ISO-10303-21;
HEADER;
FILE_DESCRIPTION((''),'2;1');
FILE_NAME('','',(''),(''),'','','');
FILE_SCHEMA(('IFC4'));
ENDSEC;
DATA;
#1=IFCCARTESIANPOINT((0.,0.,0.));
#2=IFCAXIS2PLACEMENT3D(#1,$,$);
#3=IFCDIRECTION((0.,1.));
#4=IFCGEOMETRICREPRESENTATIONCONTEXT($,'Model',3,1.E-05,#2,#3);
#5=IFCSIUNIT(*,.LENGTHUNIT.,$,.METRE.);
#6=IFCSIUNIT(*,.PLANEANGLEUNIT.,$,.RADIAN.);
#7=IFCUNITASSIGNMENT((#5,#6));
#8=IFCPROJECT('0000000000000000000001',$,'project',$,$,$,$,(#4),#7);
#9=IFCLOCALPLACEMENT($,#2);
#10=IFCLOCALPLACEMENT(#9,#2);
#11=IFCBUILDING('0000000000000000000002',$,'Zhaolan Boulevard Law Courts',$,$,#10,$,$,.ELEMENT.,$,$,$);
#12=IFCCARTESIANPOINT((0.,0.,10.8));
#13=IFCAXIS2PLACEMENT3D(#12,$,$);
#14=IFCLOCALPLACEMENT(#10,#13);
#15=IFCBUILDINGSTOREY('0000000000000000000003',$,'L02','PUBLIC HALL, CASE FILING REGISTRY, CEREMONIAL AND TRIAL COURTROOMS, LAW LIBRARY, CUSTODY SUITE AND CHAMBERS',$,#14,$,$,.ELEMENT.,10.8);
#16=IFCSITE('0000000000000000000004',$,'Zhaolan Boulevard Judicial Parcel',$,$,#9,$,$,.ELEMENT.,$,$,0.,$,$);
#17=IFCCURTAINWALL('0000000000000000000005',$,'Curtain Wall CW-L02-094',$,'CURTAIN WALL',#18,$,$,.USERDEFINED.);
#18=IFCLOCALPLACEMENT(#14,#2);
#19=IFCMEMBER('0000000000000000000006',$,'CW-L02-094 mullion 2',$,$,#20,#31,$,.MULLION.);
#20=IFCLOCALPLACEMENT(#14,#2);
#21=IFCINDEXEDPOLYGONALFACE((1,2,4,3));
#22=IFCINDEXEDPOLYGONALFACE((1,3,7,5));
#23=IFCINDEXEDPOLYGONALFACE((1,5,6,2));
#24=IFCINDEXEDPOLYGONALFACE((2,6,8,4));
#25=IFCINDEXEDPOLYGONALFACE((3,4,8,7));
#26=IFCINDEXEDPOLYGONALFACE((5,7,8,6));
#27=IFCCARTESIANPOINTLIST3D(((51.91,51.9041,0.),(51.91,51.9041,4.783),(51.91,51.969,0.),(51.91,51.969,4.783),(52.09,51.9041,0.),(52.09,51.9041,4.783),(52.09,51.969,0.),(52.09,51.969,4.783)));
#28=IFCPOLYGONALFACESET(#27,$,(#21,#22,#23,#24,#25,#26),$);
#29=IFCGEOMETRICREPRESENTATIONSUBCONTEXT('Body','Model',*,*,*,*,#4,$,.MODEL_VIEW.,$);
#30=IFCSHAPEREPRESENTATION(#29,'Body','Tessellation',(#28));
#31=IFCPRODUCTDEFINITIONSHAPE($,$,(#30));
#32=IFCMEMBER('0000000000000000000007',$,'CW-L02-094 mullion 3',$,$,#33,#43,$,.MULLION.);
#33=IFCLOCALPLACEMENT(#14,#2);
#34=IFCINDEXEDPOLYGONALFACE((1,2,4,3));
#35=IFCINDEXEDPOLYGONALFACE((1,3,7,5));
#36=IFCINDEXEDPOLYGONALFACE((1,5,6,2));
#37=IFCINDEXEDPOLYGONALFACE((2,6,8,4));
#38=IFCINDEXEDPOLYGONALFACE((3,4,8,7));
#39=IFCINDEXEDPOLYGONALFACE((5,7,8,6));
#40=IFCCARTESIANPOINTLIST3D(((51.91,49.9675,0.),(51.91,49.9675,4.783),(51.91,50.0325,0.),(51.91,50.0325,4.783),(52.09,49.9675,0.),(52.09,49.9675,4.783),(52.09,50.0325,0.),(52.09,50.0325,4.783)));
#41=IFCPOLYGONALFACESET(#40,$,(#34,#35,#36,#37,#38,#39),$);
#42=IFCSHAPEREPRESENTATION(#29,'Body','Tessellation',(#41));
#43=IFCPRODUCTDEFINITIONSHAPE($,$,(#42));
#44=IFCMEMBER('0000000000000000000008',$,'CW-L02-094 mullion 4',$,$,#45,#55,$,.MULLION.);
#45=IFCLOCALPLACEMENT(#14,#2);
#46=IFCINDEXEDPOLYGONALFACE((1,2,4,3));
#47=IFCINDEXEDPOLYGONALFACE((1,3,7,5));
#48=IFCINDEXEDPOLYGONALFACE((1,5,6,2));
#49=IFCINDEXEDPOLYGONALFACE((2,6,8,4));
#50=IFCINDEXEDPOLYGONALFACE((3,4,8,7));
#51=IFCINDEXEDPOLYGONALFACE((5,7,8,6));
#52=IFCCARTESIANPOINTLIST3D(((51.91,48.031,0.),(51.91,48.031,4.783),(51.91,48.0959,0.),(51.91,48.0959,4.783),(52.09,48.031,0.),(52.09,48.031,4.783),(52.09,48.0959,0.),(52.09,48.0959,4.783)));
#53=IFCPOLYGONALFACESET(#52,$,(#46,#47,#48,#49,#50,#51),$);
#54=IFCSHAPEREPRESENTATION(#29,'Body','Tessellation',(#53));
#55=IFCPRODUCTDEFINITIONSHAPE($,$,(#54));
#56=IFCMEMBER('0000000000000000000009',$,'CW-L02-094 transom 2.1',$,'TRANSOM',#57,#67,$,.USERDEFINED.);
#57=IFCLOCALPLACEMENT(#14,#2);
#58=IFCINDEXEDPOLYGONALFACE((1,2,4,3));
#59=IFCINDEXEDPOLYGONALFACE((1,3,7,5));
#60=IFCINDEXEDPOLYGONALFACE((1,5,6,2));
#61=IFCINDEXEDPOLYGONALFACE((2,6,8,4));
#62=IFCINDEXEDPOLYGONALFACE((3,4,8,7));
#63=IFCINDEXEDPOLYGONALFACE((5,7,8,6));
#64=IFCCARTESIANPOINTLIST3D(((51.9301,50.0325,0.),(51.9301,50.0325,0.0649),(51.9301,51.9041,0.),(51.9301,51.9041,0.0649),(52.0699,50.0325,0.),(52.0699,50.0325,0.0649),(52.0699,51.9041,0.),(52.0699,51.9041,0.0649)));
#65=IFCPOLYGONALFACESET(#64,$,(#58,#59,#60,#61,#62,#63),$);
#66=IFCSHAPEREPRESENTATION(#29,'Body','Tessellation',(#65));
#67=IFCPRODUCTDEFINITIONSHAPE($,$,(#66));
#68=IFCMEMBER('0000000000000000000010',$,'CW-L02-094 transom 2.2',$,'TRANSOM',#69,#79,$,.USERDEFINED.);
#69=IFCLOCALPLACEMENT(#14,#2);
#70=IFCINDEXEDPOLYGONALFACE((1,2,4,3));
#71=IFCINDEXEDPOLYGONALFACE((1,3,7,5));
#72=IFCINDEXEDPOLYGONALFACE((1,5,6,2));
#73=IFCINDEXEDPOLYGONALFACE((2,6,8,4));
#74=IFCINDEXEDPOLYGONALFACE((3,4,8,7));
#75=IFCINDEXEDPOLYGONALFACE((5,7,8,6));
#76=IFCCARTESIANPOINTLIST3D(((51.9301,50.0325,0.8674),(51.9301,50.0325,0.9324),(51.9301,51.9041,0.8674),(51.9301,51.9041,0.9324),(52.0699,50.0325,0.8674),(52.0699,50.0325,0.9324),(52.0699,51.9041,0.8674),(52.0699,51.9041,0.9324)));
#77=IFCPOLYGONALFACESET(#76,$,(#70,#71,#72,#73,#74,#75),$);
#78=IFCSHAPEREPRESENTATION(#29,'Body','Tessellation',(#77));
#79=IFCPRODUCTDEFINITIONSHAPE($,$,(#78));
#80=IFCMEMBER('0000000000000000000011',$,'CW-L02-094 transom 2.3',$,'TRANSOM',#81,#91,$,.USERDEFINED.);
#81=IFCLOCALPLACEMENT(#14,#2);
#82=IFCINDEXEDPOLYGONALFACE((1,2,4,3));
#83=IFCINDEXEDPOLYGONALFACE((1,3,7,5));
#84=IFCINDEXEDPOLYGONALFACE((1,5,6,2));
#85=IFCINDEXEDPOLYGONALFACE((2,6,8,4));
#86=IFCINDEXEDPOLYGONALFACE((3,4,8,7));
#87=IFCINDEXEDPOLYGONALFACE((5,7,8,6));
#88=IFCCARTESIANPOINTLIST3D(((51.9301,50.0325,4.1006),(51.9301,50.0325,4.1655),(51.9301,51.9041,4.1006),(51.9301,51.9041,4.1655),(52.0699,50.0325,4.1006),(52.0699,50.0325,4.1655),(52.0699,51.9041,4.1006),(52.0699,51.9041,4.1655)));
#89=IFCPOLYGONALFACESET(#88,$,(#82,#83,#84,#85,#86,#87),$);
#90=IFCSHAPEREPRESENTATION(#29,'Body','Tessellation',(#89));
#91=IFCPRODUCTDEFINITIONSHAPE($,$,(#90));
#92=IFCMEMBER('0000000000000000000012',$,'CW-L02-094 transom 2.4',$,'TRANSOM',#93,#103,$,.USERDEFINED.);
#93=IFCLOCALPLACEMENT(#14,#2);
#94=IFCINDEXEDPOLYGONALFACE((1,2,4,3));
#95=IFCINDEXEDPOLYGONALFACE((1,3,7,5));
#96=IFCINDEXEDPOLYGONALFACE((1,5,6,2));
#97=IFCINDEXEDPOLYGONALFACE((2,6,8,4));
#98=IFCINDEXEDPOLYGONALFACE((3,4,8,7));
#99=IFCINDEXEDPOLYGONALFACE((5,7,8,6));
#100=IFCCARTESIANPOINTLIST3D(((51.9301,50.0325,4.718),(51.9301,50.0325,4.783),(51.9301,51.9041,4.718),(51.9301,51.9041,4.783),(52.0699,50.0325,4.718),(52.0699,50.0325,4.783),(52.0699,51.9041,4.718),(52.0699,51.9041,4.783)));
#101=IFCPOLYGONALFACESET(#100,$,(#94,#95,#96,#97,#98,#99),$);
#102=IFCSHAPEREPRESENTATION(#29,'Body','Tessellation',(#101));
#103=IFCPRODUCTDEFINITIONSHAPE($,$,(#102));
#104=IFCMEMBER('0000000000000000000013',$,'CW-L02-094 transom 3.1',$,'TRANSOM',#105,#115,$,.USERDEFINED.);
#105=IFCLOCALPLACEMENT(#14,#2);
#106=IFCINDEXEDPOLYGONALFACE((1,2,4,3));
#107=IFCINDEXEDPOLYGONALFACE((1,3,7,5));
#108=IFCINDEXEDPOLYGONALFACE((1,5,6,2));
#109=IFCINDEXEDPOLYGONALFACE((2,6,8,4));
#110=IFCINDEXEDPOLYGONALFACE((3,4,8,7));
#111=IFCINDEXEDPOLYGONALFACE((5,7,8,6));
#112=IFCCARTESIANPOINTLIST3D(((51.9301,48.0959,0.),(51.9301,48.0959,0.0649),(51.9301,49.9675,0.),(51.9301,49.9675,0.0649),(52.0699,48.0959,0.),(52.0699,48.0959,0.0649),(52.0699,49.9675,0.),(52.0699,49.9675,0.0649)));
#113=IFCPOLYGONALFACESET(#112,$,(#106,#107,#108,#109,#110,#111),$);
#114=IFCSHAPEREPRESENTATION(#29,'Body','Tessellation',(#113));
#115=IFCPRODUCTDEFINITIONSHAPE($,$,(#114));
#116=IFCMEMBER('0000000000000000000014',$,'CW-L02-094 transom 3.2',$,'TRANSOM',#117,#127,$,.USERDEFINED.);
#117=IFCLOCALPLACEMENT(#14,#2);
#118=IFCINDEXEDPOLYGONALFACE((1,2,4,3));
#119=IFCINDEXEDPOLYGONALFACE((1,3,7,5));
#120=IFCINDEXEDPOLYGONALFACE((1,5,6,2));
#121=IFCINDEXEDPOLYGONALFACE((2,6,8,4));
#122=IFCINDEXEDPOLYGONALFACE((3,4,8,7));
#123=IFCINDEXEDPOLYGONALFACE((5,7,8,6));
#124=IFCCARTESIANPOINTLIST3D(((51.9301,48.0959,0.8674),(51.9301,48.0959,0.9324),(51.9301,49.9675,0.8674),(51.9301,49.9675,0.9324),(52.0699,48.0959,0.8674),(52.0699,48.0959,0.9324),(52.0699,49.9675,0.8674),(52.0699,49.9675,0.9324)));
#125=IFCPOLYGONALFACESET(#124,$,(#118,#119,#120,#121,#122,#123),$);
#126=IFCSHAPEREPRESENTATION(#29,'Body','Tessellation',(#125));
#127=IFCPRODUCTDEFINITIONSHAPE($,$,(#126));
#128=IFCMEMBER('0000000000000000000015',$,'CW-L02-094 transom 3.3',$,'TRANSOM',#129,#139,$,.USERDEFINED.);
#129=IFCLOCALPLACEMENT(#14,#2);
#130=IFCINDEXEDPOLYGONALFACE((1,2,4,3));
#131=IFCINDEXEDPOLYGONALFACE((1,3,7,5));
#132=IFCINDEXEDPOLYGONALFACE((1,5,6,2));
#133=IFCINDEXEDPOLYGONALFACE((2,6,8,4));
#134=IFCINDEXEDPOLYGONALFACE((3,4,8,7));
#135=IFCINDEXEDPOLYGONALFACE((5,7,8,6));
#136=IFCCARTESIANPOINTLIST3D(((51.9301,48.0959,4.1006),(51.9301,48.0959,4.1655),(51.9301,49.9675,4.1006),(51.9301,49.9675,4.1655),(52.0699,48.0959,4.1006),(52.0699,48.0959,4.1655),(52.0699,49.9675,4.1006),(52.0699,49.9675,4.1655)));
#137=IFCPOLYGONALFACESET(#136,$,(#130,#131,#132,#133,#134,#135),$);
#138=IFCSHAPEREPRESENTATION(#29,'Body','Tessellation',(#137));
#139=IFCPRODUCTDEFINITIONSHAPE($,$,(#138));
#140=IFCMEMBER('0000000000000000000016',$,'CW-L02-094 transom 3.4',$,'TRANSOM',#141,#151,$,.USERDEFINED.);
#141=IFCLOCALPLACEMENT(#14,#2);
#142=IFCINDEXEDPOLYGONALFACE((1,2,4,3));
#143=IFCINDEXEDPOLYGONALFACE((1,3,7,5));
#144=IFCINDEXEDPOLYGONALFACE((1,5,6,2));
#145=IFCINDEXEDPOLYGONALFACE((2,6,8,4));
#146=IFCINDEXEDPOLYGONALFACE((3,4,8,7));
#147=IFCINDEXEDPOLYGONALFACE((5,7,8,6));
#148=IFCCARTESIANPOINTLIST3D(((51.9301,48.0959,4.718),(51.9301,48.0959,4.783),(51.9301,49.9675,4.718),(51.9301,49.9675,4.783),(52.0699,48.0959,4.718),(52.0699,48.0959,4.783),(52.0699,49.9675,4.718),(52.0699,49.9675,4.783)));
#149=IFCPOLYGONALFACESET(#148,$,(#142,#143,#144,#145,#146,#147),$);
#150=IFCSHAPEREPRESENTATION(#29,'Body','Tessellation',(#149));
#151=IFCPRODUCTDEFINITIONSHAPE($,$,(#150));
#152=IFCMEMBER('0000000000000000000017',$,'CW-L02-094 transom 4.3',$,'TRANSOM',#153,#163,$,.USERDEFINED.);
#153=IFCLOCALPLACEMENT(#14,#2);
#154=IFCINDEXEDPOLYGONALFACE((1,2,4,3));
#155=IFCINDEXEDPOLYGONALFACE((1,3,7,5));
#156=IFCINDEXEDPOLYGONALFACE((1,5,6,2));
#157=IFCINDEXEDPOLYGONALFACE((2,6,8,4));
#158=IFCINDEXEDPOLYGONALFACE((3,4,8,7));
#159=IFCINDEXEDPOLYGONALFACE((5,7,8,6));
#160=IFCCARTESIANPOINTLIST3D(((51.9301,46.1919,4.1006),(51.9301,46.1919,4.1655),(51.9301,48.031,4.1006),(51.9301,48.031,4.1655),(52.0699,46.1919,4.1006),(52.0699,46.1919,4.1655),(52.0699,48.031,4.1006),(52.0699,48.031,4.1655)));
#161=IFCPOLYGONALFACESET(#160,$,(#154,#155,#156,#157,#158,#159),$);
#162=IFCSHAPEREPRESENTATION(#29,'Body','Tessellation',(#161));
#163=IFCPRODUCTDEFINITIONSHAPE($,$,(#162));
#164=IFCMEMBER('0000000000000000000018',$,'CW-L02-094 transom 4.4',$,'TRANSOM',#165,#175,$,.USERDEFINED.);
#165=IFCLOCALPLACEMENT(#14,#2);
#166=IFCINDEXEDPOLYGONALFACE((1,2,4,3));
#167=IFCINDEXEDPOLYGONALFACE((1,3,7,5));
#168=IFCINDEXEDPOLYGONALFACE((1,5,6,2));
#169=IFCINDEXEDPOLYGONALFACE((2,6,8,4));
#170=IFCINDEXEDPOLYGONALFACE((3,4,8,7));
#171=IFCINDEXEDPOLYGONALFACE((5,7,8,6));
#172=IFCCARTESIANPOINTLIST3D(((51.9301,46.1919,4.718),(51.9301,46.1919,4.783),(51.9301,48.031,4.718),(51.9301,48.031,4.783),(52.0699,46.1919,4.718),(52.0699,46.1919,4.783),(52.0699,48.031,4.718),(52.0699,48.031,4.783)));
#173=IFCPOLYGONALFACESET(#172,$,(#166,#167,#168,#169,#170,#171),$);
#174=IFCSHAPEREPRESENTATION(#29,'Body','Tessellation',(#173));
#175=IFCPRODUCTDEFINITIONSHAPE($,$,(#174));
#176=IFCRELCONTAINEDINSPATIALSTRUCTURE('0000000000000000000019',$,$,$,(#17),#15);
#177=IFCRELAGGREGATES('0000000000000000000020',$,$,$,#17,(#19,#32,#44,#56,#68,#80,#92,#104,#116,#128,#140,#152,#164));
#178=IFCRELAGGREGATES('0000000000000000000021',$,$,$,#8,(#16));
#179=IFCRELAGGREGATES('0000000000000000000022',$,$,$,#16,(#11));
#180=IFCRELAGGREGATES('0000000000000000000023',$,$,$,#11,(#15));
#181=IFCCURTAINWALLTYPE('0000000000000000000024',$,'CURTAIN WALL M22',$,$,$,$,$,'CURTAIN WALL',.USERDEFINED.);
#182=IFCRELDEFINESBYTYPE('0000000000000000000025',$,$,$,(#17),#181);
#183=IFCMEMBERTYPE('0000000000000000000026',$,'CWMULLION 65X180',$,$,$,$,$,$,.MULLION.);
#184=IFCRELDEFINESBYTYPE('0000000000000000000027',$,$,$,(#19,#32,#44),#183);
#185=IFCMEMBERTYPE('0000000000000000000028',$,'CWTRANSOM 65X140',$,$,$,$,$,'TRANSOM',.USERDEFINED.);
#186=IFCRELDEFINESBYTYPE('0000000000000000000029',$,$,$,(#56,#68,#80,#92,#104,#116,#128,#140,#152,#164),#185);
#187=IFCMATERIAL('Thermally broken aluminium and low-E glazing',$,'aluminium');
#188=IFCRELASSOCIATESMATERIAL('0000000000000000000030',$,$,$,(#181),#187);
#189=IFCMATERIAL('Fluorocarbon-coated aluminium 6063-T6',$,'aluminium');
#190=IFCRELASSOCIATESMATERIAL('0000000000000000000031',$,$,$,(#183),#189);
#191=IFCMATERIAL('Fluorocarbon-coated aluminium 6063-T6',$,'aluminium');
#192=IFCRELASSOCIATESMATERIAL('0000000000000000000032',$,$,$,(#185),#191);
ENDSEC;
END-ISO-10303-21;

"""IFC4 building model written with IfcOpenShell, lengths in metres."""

from ifc_helpers import new_model, si_unit, direction, frame, origin, origin_2d, place, context, subcontext, project, spatial, rectangle, extrude, material, material_profile, profile_set, type_object, element, aggregate, save


model = new_model("IFC4")

# Units and contexts
model_context = context("Model", 3, precision=1e-05, world=origin(), true_north=direction((0.0, 1.0)))
body_context = subcontext(model_context, "Body", "Model", "MODEL_VIEW")
ifc_project = project(units=[si_unit("LENGTHUNIT", "METRE"), si_unit("PLANEANGLEUNIT", "RADIAN")], contexts=[model_context])

# Site, building, storey
site_placement = place(None, origin())
site = spatial("IfcSite", under=ifc_project, at=site_placement, Name="Zhaolan Boulevard Judicial Parcel", CompositionType="ELEMENT", RefElevation=0.0)
building_placement = place(site_placement, origin())
building = spatial("IfcBuilding", under=site, at=building_placement, Name="Zhaolan Boulevard Law Courts", CompositionType="ELEMENT")
storey_placement = place(building_placement, frame((0.0, 0.0, 10.8)))
storey = spatial("IfcBuildingStorey", under=building, at=storey_placement, Name="L02", Description="PUBLIC HALL, CASE FILING REGISTRY, CEREMONIAL AND TRIAL COURTROOMS, LAW LIBRARY, CUSTODY SUITE AND CHAMBERS", CompositionType="ELEMENT", Elevation=10.8)

# Curtain wall, members
ifc_material_1 = material(Name="Thermally broken aluminium and low-E glazing", Category="aluminium")
curtain_wall_type = type_object("IfcCurtainWallType", Name="CURTAIN WALL M22", ElementType="CURTAIN WALL", PredefinedType="USERDEFINED", material=ifc_material_1)
curtain_wall_placement = place(storey_placement, origin())
curtain_wall = element("IfcCurtainWall", 1, at=curtain_wall_placement, inside=storey, type_object=curtain_wall_type, Name="Curtain Wall CW-L02-094", ObjectType="CURTAIN WALL", PredefinedType="USERDEFINED")
ifc_material_2 = material(Name="Fluorocarbon-coated aluminium 6063-T6", Category="aluminium")
ifc_material_profile_1 = material_profile(ifc_material_2, rectangle(XDim=0.1799, YDim=0.0649, at=origin_2d()), Name="AL65x180")
ifc_profile_set_1 = profile_set([ifc_material_profile_1], Name="Fluorocarbon-coated aluminium 6063-T6")
member_type_1 = type_object("IfcMemberType", Name="CWMULLION 65X180", PredefinedType="MULLION", material=ifc_profile_set_1)
member_1_placement = place(storey_placement, frame((52.0, 51.9365, 0.0), z_axis=(0.0, 0.0, 1.0), x_axis=(1.0, 0.0, 0.0)))
member_1 = element("IfcMember", 2, at=member_1_placement, type_object=member_type_1, Name="CW-L02-094 mullion 2", PredefinedType="MULLION", context=body_context, shape_type="SweptSolid", body=[
    extrude(rectangle(XDim=0.1799, YDim=0.0649, at=origin_2d()), origin(), (0.0, 0.0, 1.0), 4.783),
])
member_2_placement = place(storey_placement, frame((52.0, 50.0, 0.0), z_axis=(0.0, 0.0, 1.0), x_axis=(1.0, 0.0, 0.0)))
member_2 = element("IfcMember", 3, at=member_2_placement, type_object=member_type_1, Name="CW-L02-094 mullion 3", PredefinedType="MULLION", context=body_context, shape_type="SweptSolid", body=[
    extrude(rectangle(XDim=0.1799, YDim=0.0649, at=origin_2d()), origin(), (0.0, 0.0, 1.0), 4.783),
])
member_3_placement = place(storey_placement, frame((52.0, 48.0635, 0.0), z_axis=(0.0, 0.0, 1.0), x_axis=(1.0, 0.0, 0.0)))
member_3 = element("IfcMember", 4, at=member_3_placement, type_object=member_type_1, Name="CW-L02-094 mullion 4", PredefinedType="MULLION", context=body_context, shape_type="SweptSolid", body=[
    extrude(rectangle(XDim=0.1799, YDim=0.0649, at=origin_2d()), origin(), (0.0, 0.0, 1.0), 4.783),
])
ifc_material_3 = material(Name="Fluorocarbon-coated aluminium 6063-T6", Category="aluminium")
ifc_material_profile_2 = material_profile(ifc_material_3, rectangle(XDim=0.1399, YDim=0.0649, at=origin_2d()), Name="AL65x140")
ifc_profile_set_2 = profile_set([ifc_material_profile_2], Name="Fluorocarbon-coated aluminium 6063-T6")
member_type_2 = type_object("IfcMemberType", Name="CWTRANSOM 65X140", ElementType="TRANSOM", PredefinedType="USERDEFINED", material=ifc_profile_set_2)
member_4_placement = place(storey_placement, frame((52.0, 51.9041, 0.0325), z_axis=(0.0, -1.0, 0.0), x_axis=(1.0, 0.0, 0.0)))
member_4 = element("IfcMember", 5, at=member_4_placement, type_object=member_type_2, Name="CW-L02-094 transom 2.1", ObjectType="TRANSOM", PredefinedType="USERDEFINED", context=body_context, shape_type="SweptSolid", body=[
    extrude(rectangle(XDim=0.1399, YDim=0.0649, at=origin_2d()), origin(), (0.0, 0.0, 1.0), 1.8716),
])
member_5_placement = place(storey_placement, frame((52.0, 51.9041, 0.8999), z_axis=(0.0, -1.0, 0.0), x_axis=(1.0, 0.0, 0.0)))
member_5 = element("IfcMember", 6, at=member_5_placement, type_object=member_type_2, Name="CW-L02-094 transom 2.2", ObjectType="TRANSOM", PredefinedType="USERDEFINED", context=body_context, shape_type="SweptSolid", body=[
    extrude(rectangle(XDim=0.1399, YDim=0.0649, at=origin_2d()), origin(), (0.0, 0.0, 1.0), 1.8716),
])
member_6_placement = place(storey_placement, frame((52.0, 51.9041, 4.1331), z_axis=(0.0, -1.0, 0.0), x_axis=(1.0, 0.0, 0.0)))
member_6 = element("IfcMember", 7, at=member_6_placement, type_object=member_type_2, Name="CW-L02-094 transom 2.3", ObjectType="TRANSOM", PredefinedType="USERDEFINED", context=body_context, shape_type="SweptSolid", body=[
    extrude(rectangle(XDim=0.1399, YDim=0.0649, at=origin_2d()), origin(), (0.0, 0.0, 1.0), 1.8716),
])
member_7_placement = place(storey_placement, frame((52.0, 51.9041, 4.7505), z_axis=(0.0, -1.0, 0.0), x_axis=(1.0, 0.0, 0.0)))
member_7 = element("IfcMember", 8, at=member_7_placement, type_object=member_type_2, Name="CW-L02-094 transom 2.4", ObjectType="TRANSOM", PredefinedType="USERDEFINED", context=body_context, shape_type="SweptSolid", body=[
    extrude(rectangle(XDim=0.1399, YDim=0.0649, at=origin_2d()), origin(), (0.0, 0.0, 1.0), 1.8716),
])
member_8_placement = place(storey_placement, frame((52.0, 49.9675, 0.0325), z_axis=(0.0, -1.0, 0.0), x_axis=(1.0, 0.0, 0.0)))
member_8 = element("IfcMember", 9, at=member_8_placement, type_object=member_type_2, Name="CW-L02-094 transom 3.1", ObjectType="TRANSOM", PredefinedType="USERDEFINED", context=body_context, shape_type="SweptSolid", body=[
    extrude(rectangle(XDim=0.1399, YDim=0.0649, at=origin_2d()), origin(), (0.0, 0.0, 1.0), 1.8716),
])
member_9_placement = place(storey_placement, frame((52.0, 49.9675, 0.8999), z_axis=(0.0, -1.0, 0.0), x_axis=(1.0, 0.0, 0.0)))
member_9 = element("IfcMember", 10, at=member_9_placement, type_object=member_type_2, Name="CW-L02-094 transom 3.2", ObjectType="TRANSOM", PredefinedType="USERDEFINED", context=body_context, shape_type="SweptSolid", body=[
    extrude(rectangle(XDim=0.1399, YDim=0.0649, at=origin_2d()), origin(), (0.0, 0.0, 1.0), 1.8716),
])
member_10_placement = place(storey_placement, frame((52.0, 49.9675, 4.1331), z_axis=(0.0, -1.0, 0.0), x_axis=(1.0, 0.0, 0.0)))
member_10 = element("IfcMember", 11, at=member_10_placement, type_object=member_type_2, Name="CW-L02-094 transom 3.3", ObjectType="TRANSOM", PredefinedType="USERDEFINED", context=body_context, shape_type="SweptSolid", body=[
    extrude(rectangle(XDim=0.1399, YDim=0.0649, at=origin_2d()), origin(), (0.0, 0.0, 1.0), 1.8716),
])
member_11_placement = place(storey_placement, frame((52.0, 49.9675, 4.7505), z_axis=(0.0, -1.0, 0.0), x_axis=(1.0, 0.0, 0.0)))
member_11 = element("IfcMember", 12, at=member_11_placement, type_object=member_type_2, Name="CW-L02-094 transom 3.4", ObjectType="TRANSOM", PredefinedType="USERDEFINED", context=body_context, shape_type="SweptSolid", body=[
    extrude(rectangle(XDim=0.1399, YDim=0.0649, at=origin_2d()), origin(), (0.0, 0.0, 1.0), 1.8716),
])
member_12_placement = place(storey_placement, frame((52.0, 48.031, 4.1331), z_axis=(0.0, -1.0, 0.0), x_axis=(1.0, 0.0, 0.0)))
member_12 = element("IfcMember", 13, at=member_12_placement, type_object=member_type_2, Name="CW-L02-094 transom 4.3", ObjectType="TRANSOM", PredefinedType="USERDEFINED", context=body_context, shape_type="SweptSolid", body=[
    extrude(rectangle(XDim=0.1399, YDim=0.0649, at=origin_2d()), origin(), (0.0, 0.0, 1.0), 1.8391),
])
member_13_placement = place(storey_placement, frame((52.0, 48.031, 4.7505), z_axis=(0.0, -1.0, 0.0), x_axis=(1.0, 0.0, 0.0)))
member_13 = element("IfcMember", 14, at=member_13_placement, type_object=member_type_2, Name="CW-L02-094 transom 4.4", ObjectType="TRANSOM", PredefinedType="USERDEFINED", context=body_context, shape_type="SweptSolid", body=[
    extrude(rectangle(XDim=0.1399, YDim=0.0649, at=origin_2d()), origin(), (0.0, 0.0, 1.0), 1.8391),
])

aggregate(curtain_wall, [member_1, member_2, member_3, member_4, member_5, member_6, member_7, member_8, member_9, member_10, member_11, member_12, member_13])

save(model, "model.ifc")
